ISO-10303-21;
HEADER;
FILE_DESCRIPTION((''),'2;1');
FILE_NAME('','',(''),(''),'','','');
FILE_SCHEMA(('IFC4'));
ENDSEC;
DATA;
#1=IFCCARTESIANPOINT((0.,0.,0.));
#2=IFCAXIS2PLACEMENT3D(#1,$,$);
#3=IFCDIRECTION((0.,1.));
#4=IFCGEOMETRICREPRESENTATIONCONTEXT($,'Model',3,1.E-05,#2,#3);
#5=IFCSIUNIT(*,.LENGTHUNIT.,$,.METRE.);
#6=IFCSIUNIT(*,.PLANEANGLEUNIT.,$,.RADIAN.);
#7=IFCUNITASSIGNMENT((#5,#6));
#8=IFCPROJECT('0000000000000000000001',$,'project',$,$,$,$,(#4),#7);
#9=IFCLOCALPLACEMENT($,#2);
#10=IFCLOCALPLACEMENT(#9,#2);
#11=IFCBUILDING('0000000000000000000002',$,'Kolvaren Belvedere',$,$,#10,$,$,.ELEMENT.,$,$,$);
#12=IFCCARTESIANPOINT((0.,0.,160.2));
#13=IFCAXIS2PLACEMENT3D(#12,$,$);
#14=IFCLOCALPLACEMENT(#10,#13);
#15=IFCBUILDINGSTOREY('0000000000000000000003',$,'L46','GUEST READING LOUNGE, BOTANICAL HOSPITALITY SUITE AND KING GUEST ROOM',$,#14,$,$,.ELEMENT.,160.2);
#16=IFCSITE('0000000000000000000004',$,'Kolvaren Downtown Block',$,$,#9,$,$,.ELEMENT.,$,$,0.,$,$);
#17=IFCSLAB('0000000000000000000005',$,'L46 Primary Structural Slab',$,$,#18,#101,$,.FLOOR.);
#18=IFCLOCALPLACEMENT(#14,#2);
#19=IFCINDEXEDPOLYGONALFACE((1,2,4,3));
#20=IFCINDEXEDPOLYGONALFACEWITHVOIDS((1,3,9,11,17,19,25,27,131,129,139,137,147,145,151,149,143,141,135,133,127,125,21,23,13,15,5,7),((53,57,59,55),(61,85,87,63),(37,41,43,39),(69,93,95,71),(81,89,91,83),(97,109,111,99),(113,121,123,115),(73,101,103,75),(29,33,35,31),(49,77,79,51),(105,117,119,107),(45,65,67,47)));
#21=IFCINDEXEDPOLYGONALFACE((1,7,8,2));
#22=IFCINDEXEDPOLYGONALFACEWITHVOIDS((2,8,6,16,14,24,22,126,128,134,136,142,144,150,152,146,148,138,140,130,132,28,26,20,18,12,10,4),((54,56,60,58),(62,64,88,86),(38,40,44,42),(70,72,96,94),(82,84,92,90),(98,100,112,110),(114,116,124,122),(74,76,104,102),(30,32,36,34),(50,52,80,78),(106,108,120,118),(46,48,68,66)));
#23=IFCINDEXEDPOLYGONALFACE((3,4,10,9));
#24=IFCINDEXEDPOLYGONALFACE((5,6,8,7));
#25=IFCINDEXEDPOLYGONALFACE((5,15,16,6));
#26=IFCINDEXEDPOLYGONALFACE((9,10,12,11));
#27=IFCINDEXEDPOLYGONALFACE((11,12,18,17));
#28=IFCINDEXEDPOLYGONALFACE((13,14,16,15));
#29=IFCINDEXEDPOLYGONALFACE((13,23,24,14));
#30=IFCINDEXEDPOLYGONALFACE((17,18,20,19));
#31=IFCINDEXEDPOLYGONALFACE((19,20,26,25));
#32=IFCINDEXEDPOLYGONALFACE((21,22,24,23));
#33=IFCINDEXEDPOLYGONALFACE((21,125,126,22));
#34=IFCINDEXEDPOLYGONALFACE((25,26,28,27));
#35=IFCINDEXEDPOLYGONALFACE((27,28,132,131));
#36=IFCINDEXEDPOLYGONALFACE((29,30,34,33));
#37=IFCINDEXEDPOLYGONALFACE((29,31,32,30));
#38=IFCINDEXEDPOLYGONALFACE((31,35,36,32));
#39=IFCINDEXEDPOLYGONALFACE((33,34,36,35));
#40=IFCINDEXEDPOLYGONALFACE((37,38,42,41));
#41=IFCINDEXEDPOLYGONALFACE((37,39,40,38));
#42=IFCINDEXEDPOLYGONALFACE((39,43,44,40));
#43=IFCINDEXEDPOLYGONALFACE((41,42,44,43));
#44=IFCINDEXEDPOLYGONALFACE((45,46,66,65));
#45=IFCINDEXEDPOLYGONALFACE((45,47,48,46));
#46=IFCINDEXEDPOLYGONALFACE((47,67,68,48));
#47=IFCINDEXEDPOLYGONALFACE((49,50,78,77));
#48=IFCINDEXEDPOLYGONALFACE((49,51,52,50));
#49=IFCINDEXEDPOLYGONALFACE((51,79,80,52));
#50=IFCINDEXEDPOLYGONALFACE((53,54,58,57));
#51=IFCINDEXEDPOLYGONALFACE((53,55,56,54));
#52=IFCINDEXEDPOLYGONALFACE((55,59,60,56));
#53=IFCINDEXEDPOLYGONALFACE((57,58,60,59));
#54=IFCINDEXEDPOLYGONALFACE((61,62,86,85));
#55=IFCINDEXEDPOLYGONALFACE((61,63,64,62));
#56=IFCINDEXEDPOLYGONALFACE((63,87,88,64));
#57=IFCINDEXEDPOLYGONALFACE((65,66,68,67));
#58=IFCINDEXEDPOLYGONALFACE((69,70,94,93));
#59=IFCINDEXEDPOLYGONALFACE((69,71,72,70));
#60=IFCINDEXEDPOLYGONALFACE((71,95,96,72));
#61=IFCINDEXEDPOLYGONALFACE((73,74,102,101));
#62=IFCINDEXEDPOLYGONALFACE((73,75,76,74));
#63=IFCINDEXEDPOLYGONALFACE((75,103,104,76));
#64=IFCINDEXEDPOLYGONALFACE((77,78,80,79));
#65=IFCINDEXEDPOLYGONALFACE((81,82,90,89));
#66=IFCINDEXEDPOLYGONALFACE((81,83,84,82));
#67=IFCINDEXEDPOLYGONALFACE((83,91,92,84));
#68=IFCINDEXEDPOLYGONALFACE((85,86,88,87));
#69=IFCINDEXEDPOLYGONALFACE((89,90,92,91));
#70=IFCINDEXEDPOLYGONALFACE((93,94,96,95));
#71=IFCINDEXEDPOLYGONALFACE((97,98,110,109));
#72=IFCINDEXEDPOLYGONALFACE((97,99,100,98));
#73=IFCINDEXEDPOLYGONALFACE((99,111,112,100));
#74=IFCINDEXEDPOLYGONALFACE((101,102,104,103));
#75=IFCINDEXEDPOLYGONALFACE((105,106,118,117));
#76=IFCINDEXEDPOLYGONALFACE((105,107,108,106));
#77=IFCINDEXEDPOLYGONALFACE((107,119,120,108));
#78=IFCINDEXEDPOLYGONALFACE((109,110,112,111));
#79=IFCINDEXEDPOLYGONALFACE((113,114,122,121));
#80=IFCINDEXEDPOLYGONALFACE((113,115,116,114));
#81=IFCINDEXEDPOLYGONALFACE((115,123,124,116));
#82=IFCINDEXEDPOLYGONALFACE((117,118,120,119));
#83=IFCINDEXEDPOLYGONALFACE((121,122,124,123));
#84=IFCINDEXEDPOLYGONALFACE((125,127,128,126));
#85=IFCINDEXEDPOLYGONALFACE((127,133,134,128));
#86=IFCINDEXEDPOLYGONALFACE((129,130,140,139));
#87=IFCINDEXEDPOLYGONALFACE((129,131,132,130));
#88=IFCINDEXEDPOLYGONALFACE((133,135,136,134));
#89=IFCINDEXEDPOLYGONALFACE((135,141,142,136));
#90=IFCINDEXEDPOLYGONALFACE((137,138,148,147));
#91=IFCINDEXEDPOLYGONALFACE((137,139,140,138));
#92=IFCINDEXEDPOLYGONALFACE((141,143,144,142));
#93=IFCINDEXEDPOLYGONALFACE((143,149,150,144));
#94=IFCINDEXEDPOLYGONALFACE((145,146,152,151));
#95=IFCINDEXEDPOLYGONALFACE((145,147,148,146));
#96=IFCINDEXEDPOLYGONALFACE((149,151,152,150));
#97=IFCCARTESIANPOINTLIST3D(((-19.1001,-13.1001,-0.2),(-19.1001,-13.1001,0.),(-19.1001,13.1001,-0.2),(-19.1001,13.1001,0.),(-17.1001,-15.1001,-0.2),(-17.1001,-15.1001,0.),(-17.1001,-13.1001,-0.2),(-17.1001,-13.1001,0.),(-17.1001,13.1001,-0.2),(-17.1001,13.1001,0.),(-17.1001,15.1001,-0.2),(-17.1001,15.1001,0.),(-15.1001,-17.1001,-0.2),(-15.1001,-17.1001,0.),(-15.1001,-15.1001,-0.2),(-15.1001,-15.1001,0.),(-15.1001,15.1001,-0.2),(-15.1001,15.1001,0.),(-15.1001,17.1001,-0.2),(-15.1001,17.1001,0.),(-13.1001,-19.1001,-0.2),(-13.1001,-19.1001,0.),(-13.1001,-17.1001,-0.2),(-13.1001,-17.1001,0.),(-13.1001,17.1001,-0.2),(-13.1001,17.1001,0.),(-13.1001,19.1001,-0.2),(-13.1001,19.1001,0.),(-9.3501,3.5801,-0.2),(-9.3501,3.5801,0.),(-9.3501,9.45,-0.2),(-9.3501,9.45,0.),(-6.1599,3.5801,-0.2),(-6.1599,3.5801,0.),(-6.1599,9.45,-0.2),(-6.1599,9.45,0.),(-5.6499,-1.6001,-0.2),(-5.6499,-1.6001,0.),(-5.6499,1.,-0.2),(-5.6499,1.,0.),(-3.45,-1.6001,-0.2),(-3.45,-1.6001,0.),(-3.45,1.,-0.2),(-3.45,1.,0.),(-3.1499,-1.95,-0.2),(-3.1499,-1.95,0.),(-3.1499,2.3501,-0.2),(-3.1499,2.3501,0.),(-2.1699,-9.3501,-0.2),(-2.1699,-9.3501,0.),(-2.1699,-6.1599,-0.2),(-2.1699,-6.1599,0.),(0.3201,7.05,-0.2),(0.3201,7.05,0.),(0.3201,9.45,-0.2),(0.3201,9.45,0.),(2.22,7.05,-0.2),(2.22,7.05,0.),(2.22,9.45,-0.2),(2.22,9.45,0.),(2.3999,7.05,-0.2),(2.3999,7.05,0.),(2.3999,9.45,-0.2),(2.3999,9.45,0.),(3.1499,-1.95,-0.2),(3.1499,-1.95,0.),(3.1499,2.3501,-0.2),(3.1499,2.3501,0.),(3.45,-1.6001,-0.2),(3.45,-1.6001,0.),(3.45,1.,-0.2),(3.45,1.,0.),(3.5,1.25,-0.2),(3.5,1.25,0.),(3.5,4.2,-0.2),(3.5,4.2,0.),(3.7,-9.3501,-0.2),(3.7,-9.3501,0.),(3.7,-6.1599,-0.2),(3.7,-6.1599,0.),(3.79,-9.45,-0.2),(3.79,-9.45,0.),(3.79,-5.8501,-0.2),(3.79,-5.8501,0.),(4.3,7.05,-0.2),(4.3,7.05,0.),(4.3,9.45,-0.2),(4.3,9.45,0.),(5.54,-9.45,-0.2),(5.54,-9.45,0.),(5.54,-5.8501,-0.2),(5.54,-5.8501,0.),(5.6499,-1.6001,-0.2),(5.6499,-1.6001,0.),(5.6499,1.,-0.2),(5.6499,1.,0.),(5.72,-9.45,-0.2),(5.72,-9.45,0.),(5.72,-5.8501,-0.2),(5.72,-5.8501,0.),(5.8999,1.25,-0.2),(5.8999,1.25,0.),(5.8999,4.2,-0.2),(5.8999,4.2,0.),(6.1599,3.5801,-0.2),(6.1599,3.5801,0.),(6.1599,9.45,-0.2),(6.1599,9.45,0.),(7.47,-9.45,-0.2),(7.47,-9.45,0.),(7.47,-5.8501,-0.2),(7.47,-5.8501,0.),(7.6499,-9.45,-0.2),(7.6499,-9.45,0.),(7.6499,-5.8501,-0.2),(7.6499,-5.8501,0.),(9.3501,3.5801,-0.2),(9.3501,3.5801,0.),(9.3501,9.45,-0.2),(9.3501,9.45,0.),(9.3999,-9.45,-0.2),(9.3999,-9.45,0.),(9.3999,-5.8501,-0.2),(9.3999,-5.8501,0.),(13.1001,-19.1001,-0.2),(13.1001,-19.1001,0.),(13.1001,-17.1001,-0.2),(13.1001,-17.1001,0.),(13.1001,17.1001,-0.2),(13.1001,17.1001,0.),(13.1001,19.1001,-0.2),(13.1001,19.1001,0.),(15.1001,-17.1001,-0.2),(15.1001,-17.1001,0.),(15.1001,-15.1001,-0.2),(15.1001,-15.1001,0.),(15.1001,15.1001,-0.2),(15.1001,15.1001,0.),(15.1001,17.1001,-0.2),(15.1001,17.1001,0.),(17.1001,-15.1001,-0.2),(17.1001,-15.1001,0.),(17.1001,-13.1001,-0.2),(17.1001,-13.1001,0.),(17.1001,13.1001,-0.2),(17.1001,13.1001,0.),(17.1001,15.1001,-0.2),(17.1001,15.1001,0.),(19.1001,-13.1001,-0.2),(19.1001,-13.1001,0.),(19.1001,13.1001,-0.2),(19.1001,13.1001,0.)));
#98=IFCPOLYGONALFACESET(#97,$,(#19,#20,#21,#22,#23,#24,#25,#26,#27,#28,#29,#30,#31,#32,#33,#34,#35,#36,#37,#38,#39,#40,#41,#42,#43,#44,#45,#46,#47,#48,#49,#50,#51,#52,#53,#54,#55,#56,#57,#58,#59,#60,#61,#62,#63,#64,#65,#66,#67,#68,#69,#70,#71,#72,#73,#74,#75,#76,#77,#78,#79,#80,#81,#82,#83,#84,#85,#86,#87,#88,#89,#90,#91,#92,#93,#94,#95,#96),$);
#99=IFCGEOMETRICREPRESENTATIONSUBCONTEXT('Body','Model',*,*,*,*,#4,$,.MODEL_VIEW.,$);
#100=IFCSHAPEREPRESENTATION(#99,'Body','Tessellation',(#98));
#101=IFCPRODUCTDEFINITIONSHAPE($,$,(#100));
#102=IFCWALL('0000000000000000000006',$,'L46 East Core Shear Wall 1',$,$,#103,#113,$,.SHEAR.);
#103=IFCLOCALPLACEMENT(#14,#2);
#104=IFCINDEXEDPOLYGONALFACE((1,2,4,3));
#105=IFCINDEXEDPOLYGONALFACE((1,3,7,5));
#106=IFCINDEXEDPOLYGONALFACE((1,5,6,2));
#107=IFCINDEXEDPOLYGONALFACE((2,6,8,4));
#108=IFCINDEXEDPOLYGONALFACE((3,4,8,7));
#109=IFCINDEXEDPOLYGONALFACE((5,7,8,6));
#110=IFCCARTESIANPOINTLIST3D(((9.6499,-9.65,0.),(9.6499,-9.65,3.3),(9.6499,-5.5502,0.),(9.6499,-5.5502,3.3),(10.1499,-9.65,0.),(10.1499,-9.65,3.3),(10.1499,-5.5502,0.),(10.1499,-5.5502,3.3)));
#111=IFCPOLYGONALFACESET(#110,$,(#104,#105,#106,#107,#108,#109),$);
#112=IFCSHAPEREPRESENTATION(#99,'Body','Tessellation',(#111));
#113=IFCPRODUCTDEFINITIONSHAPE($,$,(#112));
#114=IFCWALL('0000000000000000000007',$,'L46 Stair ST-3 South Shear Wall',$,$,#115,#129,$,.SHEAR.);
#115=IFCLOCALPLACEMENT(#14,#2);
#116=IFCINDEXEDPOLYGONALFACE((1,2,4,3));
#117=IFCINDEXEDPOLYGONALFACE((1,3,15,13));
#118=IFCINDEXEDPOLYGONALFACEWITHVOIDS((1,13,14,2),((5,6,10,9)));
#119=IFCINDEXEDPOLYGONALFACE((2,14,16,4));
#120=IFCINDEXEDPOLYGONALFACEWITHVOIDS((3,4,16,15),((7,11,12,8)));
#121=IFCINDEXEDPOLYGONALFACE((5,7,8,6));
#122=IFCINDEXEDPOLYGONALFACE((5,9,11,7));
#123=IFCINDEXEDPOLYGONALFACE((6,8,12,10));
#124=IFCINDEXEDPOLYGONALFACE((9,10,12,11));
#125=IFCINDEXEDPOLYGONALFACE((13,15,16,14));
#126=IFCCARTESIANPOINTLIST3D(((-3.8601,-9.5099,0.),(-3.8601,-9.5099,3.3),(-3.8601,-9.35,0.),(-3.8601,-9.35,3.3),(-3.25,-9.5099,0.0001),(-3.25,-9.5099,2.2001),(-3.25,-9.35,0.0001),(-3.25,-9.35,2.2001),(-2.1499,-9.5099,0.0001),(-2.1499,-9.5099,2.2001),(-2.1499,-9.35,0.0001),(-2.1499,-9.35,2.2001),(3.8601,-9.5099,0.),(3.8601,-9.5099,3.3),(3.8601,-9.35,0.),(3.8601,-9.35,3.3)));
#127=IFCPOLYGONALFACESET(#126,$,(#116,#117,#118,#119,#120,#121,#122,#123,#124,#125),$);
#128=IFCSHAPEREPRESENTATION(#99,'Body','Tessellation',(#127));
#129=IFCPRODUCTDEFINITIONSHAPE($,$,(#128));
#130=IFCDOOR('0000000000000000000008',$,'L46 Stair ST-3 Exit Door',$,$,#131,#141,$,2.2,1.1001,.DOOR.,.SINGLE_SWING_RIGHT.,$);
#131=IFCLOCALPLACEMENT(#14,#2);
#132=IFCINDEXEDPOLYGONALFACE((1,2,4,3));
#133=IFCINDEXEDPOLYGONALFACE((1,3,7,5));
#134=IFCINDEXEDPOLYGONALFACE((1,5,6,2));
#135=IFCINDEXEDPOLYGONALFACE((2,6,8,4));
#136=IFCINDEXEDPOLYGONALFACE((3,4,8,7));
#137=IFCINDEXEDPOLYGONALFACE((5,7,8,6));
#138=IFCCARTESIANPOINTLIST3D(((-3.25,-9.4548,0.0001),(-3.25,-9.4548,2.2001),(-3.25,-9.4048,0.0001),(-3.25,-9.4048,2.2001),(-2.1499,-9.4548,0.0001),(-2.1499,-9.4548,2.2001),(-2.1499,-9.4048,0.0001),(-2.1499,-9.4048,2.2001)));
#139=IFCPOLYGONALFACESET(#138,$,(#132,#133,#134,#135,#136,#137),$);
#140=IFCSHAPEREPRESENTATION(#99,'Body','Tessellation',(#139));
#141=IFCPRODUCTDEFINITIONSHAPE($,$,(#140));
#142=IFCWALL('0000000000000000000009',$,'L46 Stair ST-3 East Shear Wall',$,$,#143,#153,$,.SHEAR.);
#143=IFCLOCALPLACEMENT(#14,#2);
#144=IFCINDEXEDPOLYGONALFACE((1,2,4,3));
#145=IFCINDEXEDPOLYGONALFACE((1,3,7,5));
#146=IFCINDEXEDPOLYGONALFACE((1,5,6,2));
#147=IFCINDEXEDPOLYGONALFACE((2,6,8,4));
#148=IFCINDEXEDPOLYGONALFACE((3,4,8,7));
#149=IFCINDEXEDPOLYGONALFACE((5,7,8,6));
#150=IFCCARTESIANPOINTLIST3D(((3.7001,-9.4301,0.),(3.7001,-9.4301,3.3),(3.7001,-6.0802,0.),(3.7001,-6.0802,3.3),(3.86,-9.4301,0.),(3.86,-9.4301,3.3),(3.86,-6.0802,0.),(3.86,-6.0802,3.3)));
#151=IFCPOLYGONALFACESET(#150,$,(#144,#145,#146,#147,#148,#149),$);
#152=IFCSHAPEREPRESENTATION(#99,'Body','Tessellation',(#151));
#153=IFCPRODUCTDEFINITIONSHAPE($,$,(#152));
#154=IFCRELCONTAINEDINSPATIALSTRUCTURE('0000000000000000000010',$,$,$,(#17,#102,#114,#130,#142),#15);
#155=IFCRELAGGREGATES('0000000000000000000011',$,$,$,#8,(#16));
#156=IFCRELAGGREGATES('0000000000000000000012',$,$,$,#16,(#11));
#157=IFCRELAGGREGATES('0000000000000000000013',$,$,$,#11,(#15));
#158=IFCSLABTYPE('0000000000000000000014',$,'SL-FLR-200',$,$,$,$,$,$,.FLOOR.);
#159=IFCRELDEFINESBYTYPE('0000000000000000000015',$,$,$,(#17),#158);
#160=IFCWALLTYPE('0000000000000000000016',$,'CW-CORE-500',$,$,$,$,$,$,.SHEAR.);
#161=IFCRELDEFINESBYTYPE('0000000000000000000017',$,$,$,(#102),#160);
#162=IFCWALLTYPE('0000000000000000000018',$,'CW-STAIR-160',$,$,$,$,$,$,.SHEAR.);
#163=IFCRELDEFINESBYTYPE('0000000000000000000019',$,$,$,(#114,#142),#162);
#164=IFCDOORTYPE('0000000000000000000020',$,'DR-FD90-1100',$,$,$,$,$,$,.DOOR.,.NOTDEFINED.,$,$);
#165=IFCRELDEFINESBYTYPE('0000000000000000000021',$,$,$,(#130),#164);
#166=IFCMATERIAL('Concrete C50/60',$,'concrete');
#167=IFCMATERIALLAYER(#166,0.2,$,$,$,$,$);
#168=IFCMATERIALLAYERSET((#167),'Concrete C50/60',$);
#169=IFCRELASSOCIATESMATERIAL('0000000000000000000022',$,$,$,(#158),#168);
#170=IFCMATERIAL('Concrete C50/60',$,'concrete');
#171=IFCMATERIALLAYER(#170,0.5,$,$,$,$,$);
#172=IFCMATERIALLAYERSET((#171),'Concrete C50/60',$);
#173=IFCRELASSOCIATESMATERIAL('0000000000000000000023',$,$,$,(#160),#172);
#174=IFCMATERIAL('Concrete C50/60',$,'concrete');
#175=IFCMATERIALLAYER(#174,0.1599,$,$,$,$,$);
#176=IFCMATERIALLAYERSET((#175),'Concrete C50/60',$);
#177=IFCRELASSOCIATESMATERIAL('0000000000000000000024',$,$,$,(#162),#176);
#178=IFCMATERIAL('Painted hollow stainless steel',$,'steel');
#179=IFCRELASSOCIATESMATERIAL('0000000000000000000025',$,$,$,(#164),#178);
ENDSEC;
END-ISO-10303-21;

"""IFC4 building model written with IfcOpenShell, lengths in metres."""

from ifc_helpers import new_model, si_unit, direction, frame, frame_2d, origin, place, context, subcontext, project, spatial, polyline, rectangle, outline, extrude, material, layer, layer_set, type_object, element, fill, save


model = new_model("IFC4")

# Units and contexts
model_context = context("Model", 3, precision=1e-05, world=origin(), true_north=direction((0.0, 1.0)))
body_context = subcontext(model_context, "Body", "Model", "MODEL_VIEW")
ifc_project = project(units=[si_unit("LENGTHUNIT", "METRE"), si_unit("PLANEANGLEUNIT", "RADIAN")], contexts=[model_context])

# Site, building, storey
site_placement = place(None, origin())
site = spatial("IfcSite", under=ifc_project, at=site_placement, Name="Kolvaren Downtown Block", CompositionType="ELEMENT", RefElevation=0.0)
building_placement = place(site_placement, origin())
building = spatial("IfcBuilding", under=site, at=building_placement, Name="Kolvaren Belvedere", CompositionType="ELEMENT")
storey_placement = place(building_placement, frame((0.0, 0.0, 160.2)))
storey = spatial("IfcBuildingStorey", under=building, at=storey_placement, Name="L46", Description="GUEST READING LOUNGE, BOTANICAL HOSPITALITY SUITE AND KING GUEST ROOM", CompositionType="ELEMENT", Elevation=160.2)

# Slab
ifc_material_1 = material(Name="Concrete C50/60", Category="concrete")
ifc_layer_1 = layer(ifc_material_1, 0.2)
ifc_layer_set_1 = layer_set([ifc_layer_1], Name="Concrete C50/60")
slab_type_1 = type_object("IfcSlabType", Name="SL-FLR-200", PredefinedType="FLOOR", material=ifc_layer_set_1)
slab_1_placement = place(storey_placement, frame((0.0, 0.0, -0.2)))
element("IfcSlab", 1, at=slab_1_placement, inside=storey, type_object=slab_type_1, Name="L46 Primary Structural Slab", PredefinedType="FLOOR", context=body_context, shape_type="SweptSolid", body=[
    extrude(outline(polyline([(-13.1001, -19.1001), (13.1001, -19.1001), (13.1001, -17.1001), (15.1001, -17.1001), (15.1001, -15.1001), (17.1001, -15.1001), (17.1001, -13.1001), (19.1001, -13.1001), (19.1001, 13.1001), (17.1001, 13.1001), (17.1001, 15.1001), (15.1001, 15.1001), (15.1001, 17.1001), (13.1001, 17.1001), (13.1001, 19.1001), (-13.1001, 19.1001), (-13.1001, 17.1001), (-15.1001, 17.1001), (-15.1001, 15.1001), (-17.1001, 15.1001), (-17.1001, 13.1001), (-19.1001, 13.1001), (-19.1001, -13.1001), (-17.1001, -13.1001), (-17.1001, -15.1001), (-15.1001, -15.1001), (-15.1001, -17.1001), (-13.1001, -17.1001), (-13.1001, -19.1001)]), holes=[polyline([(-9.3501, 3.5801), (-6.1599, 3.5801), (-6.1599, 9.45), (-9.3501, 9.45), (-9.3501, 3.5801)]), polyline([(6.1599, 3.5801), (9.3501, 3.5801), (9.3501, 9.45), (6.1599, 9.45), (6.1599, 3.5801)]), polyline([(-2.1699, -9.3501), (3.7, -9.3501), (3.7, -6.1599), (-2.1699, -6.1599), (-2.1699, -9.3501)]), polyline([(-5.6499, -1.6001), (-3.45, -1.6001), (-3.45, 1.0), (-5.6499, 1.0), (-5.6499, -1.6001)]), polyline([(3.5, 1.25), (5.8999, 1.25), (5.8999, 4.2), (3.5, 4.2), (3.5, 1.25)]), polyline([(3.45, -1.6001), (5.6499, -1.6001), (5.6499, 1.0), (3.45, 1.0), (3.45, -1.6001)]), polyline([(3.79, -9.45), (5.54, -9.45), (5.54, -5.8501), (3.79, -5.8501), (3.79, -9.45)]), polyline([(5.72, -9.45), (7.47, -9.45), (7.47, -5.8501), (5.72, -5.8501), (5.72, -9.45)]), polyline([(7.6499, -9.45), (9.3999, -9.45), (9.3999, -5.8501), (7.6499, -5.8501), (7.6499, -9.45)]), polyline([(0.3201, 7.05), (2.22, 7.05), (2.22, 9.45), (0.3201, 9.45), (0.3201, 7.05)]), polyline([(2.3999, 7.05), (4.3, 7.05), (4.3, 9.45), (2.3999, 9.45), (2.3999, 7.05)]), polyline([(-3.1499, -1.95), (3.1499, -1.95), (3.1499, 2.3501), (-3.1499, 2.3501), (-3.1499, -1.95)])]), origin(), (0.0, 0.0, 1.0), 0.2),
])

# Wall
ifc_material_2 = material(Name="Concrete C50/60", Category="concrete")
ifc_layer_2 = layer(ifc_material_2, 0.5)
ifc_layer_set_2 = layer_set([ifc_layer_2], Name="Concrete C50/60")
wall_type_1 = type_object("IfcWallType", Name="CW-CORE-500", PredefinedType="SHEAR", material=ifc_layer_set_2)
wall_1_placement = place(storey_placement, frame((9.8999, -9.6499, 0.0), z_axis=(0.0, 0.0, 1.0), x_axis=(0.0, 1.0, 0.0)))
element("IfcWall", 2, at=wall_1_placement, inside=storey, type_object=wall_type_1, Name="L46 East Core Shear Wall 1", PredefinedType="SHEAR", context=body_context, shape_type="SweptSolid", body=[
    extrude(rectangle(XDim=4.0999, YDim=0.5, at=frame_2d((2.0498, 0.0))), origin(), (0.0, 0.0, 1.0), 3.3),
])

# Wall, opening, door
ifc_material_3 = material(Name="Concrete C50/60", Category="concrete")
ifc_layer_3 = layer(ifc_material_3, 0.1599)
ifc_layer_set_3 = layer_set([ifc_layer_3], Name="Concrete C50/60")
wall_type_2 = type_object("IfcWallType", Name="CW-STAIR-160", PredefinedType="SHEAR", material=ifc_layer_set_3)
wall_2_placement = place(storey_placement, frame((3.8601, -9.4299, 0.0), z_axis=(0.0, 0.0, 1.0), x_axis=(-1.0, 0.0, 0.0)))
wall_2 = element("IfcWall", 3, at=wall_2_placement, inside=storey, type_object=wall_type_2, Name="L46 Stair ST-3 South Shear Wall", PredefinedType="SHEAR", context=body_context, shape_type="SweptSolid", body=[
    extrude(rectangle(XDim=7.7202, YDim=0.1599, at=frame_2d((3.8601, 0.0))), origin(), (0.0, 0.0, 1.0), 3.3),
])
opening_1_placement = place(wall_2_placement, frame((6.01, 0.0, 0.0)))
opening_1 = element("IfcOpeningElement", 4, at=opening_1_placement, cuts=wall_2, PredefinedType="OPENING", context=body_context, shape_type="SweptSolid", body=[
    extrude(rectangle(XDim=1.1001, YDim=2.2, at=frame_2d((0.55, 1.1001))), frame((0.0, 0.0898, 0.0), z_axis=(0.0, -1.0, 0.0), x_axis=(1.0, 0.0, 0.0)), (0.0, 0.0, 1.0), 0.1799),
])
ifc_material_4 = material(Name="Painted hollow stainless steel", Category="steel")
door_type_1 = type_object("IfcDoorType", Name="DR-FD90-1100", OperationType="NOTDEFINED", PredefinedType="DOOR", material=ifc_material_4)
door_1_placement = place(opening_1_placement, origin())
door_1 = element("IfcDoor", 5, at=door_1_placement, inside=storey, type_object=door_type_1, Name="L46 Stair ST-3 Exit Door", OperationType="SINGLE_SWING_RIGHT", OverallHeight=2.2, OverallWidth=1.1001, PredefinedType="DOOR", context=body_context, shape_type="SweptSolid", body=[
    extrude(rectangle(XDim=1.1001, YDim=2.2, at=frame_2d((0.55, 1.1001))), frame((0.0, 0.0249, 0.0), z_axis=(0.0, -1.0, 0.0), x_axis=(1.0, 0.0, 0.0)), (0.0, 0.0, 1.0), 0.05),
])
fill(opening_1, door_1)

# Wall
wall_3_placement = place(storey_placement, frame((3.78, -9.4299, 0.0), z_axis=(0.0, 0.0, 1.0), x_axis=(0.0, 1.0, 0.0)))
element("IfcWall", 6, at=wall_3_placement, inside=storey, type_object=wall_type_2, Name="L46 Stair ST-3 East Shear Wall", PredefinedType="SHEAR", context=body_context, shape_type="SweptSolid", body=[
    extrude(rectangle(XDim=3.3499, YDim=0.1599, at=frame_2d((1.6748, 0.0))), origin(), (0.0, 0.0, 1.0), 3.3),
])

save(model, "model.ifc")
